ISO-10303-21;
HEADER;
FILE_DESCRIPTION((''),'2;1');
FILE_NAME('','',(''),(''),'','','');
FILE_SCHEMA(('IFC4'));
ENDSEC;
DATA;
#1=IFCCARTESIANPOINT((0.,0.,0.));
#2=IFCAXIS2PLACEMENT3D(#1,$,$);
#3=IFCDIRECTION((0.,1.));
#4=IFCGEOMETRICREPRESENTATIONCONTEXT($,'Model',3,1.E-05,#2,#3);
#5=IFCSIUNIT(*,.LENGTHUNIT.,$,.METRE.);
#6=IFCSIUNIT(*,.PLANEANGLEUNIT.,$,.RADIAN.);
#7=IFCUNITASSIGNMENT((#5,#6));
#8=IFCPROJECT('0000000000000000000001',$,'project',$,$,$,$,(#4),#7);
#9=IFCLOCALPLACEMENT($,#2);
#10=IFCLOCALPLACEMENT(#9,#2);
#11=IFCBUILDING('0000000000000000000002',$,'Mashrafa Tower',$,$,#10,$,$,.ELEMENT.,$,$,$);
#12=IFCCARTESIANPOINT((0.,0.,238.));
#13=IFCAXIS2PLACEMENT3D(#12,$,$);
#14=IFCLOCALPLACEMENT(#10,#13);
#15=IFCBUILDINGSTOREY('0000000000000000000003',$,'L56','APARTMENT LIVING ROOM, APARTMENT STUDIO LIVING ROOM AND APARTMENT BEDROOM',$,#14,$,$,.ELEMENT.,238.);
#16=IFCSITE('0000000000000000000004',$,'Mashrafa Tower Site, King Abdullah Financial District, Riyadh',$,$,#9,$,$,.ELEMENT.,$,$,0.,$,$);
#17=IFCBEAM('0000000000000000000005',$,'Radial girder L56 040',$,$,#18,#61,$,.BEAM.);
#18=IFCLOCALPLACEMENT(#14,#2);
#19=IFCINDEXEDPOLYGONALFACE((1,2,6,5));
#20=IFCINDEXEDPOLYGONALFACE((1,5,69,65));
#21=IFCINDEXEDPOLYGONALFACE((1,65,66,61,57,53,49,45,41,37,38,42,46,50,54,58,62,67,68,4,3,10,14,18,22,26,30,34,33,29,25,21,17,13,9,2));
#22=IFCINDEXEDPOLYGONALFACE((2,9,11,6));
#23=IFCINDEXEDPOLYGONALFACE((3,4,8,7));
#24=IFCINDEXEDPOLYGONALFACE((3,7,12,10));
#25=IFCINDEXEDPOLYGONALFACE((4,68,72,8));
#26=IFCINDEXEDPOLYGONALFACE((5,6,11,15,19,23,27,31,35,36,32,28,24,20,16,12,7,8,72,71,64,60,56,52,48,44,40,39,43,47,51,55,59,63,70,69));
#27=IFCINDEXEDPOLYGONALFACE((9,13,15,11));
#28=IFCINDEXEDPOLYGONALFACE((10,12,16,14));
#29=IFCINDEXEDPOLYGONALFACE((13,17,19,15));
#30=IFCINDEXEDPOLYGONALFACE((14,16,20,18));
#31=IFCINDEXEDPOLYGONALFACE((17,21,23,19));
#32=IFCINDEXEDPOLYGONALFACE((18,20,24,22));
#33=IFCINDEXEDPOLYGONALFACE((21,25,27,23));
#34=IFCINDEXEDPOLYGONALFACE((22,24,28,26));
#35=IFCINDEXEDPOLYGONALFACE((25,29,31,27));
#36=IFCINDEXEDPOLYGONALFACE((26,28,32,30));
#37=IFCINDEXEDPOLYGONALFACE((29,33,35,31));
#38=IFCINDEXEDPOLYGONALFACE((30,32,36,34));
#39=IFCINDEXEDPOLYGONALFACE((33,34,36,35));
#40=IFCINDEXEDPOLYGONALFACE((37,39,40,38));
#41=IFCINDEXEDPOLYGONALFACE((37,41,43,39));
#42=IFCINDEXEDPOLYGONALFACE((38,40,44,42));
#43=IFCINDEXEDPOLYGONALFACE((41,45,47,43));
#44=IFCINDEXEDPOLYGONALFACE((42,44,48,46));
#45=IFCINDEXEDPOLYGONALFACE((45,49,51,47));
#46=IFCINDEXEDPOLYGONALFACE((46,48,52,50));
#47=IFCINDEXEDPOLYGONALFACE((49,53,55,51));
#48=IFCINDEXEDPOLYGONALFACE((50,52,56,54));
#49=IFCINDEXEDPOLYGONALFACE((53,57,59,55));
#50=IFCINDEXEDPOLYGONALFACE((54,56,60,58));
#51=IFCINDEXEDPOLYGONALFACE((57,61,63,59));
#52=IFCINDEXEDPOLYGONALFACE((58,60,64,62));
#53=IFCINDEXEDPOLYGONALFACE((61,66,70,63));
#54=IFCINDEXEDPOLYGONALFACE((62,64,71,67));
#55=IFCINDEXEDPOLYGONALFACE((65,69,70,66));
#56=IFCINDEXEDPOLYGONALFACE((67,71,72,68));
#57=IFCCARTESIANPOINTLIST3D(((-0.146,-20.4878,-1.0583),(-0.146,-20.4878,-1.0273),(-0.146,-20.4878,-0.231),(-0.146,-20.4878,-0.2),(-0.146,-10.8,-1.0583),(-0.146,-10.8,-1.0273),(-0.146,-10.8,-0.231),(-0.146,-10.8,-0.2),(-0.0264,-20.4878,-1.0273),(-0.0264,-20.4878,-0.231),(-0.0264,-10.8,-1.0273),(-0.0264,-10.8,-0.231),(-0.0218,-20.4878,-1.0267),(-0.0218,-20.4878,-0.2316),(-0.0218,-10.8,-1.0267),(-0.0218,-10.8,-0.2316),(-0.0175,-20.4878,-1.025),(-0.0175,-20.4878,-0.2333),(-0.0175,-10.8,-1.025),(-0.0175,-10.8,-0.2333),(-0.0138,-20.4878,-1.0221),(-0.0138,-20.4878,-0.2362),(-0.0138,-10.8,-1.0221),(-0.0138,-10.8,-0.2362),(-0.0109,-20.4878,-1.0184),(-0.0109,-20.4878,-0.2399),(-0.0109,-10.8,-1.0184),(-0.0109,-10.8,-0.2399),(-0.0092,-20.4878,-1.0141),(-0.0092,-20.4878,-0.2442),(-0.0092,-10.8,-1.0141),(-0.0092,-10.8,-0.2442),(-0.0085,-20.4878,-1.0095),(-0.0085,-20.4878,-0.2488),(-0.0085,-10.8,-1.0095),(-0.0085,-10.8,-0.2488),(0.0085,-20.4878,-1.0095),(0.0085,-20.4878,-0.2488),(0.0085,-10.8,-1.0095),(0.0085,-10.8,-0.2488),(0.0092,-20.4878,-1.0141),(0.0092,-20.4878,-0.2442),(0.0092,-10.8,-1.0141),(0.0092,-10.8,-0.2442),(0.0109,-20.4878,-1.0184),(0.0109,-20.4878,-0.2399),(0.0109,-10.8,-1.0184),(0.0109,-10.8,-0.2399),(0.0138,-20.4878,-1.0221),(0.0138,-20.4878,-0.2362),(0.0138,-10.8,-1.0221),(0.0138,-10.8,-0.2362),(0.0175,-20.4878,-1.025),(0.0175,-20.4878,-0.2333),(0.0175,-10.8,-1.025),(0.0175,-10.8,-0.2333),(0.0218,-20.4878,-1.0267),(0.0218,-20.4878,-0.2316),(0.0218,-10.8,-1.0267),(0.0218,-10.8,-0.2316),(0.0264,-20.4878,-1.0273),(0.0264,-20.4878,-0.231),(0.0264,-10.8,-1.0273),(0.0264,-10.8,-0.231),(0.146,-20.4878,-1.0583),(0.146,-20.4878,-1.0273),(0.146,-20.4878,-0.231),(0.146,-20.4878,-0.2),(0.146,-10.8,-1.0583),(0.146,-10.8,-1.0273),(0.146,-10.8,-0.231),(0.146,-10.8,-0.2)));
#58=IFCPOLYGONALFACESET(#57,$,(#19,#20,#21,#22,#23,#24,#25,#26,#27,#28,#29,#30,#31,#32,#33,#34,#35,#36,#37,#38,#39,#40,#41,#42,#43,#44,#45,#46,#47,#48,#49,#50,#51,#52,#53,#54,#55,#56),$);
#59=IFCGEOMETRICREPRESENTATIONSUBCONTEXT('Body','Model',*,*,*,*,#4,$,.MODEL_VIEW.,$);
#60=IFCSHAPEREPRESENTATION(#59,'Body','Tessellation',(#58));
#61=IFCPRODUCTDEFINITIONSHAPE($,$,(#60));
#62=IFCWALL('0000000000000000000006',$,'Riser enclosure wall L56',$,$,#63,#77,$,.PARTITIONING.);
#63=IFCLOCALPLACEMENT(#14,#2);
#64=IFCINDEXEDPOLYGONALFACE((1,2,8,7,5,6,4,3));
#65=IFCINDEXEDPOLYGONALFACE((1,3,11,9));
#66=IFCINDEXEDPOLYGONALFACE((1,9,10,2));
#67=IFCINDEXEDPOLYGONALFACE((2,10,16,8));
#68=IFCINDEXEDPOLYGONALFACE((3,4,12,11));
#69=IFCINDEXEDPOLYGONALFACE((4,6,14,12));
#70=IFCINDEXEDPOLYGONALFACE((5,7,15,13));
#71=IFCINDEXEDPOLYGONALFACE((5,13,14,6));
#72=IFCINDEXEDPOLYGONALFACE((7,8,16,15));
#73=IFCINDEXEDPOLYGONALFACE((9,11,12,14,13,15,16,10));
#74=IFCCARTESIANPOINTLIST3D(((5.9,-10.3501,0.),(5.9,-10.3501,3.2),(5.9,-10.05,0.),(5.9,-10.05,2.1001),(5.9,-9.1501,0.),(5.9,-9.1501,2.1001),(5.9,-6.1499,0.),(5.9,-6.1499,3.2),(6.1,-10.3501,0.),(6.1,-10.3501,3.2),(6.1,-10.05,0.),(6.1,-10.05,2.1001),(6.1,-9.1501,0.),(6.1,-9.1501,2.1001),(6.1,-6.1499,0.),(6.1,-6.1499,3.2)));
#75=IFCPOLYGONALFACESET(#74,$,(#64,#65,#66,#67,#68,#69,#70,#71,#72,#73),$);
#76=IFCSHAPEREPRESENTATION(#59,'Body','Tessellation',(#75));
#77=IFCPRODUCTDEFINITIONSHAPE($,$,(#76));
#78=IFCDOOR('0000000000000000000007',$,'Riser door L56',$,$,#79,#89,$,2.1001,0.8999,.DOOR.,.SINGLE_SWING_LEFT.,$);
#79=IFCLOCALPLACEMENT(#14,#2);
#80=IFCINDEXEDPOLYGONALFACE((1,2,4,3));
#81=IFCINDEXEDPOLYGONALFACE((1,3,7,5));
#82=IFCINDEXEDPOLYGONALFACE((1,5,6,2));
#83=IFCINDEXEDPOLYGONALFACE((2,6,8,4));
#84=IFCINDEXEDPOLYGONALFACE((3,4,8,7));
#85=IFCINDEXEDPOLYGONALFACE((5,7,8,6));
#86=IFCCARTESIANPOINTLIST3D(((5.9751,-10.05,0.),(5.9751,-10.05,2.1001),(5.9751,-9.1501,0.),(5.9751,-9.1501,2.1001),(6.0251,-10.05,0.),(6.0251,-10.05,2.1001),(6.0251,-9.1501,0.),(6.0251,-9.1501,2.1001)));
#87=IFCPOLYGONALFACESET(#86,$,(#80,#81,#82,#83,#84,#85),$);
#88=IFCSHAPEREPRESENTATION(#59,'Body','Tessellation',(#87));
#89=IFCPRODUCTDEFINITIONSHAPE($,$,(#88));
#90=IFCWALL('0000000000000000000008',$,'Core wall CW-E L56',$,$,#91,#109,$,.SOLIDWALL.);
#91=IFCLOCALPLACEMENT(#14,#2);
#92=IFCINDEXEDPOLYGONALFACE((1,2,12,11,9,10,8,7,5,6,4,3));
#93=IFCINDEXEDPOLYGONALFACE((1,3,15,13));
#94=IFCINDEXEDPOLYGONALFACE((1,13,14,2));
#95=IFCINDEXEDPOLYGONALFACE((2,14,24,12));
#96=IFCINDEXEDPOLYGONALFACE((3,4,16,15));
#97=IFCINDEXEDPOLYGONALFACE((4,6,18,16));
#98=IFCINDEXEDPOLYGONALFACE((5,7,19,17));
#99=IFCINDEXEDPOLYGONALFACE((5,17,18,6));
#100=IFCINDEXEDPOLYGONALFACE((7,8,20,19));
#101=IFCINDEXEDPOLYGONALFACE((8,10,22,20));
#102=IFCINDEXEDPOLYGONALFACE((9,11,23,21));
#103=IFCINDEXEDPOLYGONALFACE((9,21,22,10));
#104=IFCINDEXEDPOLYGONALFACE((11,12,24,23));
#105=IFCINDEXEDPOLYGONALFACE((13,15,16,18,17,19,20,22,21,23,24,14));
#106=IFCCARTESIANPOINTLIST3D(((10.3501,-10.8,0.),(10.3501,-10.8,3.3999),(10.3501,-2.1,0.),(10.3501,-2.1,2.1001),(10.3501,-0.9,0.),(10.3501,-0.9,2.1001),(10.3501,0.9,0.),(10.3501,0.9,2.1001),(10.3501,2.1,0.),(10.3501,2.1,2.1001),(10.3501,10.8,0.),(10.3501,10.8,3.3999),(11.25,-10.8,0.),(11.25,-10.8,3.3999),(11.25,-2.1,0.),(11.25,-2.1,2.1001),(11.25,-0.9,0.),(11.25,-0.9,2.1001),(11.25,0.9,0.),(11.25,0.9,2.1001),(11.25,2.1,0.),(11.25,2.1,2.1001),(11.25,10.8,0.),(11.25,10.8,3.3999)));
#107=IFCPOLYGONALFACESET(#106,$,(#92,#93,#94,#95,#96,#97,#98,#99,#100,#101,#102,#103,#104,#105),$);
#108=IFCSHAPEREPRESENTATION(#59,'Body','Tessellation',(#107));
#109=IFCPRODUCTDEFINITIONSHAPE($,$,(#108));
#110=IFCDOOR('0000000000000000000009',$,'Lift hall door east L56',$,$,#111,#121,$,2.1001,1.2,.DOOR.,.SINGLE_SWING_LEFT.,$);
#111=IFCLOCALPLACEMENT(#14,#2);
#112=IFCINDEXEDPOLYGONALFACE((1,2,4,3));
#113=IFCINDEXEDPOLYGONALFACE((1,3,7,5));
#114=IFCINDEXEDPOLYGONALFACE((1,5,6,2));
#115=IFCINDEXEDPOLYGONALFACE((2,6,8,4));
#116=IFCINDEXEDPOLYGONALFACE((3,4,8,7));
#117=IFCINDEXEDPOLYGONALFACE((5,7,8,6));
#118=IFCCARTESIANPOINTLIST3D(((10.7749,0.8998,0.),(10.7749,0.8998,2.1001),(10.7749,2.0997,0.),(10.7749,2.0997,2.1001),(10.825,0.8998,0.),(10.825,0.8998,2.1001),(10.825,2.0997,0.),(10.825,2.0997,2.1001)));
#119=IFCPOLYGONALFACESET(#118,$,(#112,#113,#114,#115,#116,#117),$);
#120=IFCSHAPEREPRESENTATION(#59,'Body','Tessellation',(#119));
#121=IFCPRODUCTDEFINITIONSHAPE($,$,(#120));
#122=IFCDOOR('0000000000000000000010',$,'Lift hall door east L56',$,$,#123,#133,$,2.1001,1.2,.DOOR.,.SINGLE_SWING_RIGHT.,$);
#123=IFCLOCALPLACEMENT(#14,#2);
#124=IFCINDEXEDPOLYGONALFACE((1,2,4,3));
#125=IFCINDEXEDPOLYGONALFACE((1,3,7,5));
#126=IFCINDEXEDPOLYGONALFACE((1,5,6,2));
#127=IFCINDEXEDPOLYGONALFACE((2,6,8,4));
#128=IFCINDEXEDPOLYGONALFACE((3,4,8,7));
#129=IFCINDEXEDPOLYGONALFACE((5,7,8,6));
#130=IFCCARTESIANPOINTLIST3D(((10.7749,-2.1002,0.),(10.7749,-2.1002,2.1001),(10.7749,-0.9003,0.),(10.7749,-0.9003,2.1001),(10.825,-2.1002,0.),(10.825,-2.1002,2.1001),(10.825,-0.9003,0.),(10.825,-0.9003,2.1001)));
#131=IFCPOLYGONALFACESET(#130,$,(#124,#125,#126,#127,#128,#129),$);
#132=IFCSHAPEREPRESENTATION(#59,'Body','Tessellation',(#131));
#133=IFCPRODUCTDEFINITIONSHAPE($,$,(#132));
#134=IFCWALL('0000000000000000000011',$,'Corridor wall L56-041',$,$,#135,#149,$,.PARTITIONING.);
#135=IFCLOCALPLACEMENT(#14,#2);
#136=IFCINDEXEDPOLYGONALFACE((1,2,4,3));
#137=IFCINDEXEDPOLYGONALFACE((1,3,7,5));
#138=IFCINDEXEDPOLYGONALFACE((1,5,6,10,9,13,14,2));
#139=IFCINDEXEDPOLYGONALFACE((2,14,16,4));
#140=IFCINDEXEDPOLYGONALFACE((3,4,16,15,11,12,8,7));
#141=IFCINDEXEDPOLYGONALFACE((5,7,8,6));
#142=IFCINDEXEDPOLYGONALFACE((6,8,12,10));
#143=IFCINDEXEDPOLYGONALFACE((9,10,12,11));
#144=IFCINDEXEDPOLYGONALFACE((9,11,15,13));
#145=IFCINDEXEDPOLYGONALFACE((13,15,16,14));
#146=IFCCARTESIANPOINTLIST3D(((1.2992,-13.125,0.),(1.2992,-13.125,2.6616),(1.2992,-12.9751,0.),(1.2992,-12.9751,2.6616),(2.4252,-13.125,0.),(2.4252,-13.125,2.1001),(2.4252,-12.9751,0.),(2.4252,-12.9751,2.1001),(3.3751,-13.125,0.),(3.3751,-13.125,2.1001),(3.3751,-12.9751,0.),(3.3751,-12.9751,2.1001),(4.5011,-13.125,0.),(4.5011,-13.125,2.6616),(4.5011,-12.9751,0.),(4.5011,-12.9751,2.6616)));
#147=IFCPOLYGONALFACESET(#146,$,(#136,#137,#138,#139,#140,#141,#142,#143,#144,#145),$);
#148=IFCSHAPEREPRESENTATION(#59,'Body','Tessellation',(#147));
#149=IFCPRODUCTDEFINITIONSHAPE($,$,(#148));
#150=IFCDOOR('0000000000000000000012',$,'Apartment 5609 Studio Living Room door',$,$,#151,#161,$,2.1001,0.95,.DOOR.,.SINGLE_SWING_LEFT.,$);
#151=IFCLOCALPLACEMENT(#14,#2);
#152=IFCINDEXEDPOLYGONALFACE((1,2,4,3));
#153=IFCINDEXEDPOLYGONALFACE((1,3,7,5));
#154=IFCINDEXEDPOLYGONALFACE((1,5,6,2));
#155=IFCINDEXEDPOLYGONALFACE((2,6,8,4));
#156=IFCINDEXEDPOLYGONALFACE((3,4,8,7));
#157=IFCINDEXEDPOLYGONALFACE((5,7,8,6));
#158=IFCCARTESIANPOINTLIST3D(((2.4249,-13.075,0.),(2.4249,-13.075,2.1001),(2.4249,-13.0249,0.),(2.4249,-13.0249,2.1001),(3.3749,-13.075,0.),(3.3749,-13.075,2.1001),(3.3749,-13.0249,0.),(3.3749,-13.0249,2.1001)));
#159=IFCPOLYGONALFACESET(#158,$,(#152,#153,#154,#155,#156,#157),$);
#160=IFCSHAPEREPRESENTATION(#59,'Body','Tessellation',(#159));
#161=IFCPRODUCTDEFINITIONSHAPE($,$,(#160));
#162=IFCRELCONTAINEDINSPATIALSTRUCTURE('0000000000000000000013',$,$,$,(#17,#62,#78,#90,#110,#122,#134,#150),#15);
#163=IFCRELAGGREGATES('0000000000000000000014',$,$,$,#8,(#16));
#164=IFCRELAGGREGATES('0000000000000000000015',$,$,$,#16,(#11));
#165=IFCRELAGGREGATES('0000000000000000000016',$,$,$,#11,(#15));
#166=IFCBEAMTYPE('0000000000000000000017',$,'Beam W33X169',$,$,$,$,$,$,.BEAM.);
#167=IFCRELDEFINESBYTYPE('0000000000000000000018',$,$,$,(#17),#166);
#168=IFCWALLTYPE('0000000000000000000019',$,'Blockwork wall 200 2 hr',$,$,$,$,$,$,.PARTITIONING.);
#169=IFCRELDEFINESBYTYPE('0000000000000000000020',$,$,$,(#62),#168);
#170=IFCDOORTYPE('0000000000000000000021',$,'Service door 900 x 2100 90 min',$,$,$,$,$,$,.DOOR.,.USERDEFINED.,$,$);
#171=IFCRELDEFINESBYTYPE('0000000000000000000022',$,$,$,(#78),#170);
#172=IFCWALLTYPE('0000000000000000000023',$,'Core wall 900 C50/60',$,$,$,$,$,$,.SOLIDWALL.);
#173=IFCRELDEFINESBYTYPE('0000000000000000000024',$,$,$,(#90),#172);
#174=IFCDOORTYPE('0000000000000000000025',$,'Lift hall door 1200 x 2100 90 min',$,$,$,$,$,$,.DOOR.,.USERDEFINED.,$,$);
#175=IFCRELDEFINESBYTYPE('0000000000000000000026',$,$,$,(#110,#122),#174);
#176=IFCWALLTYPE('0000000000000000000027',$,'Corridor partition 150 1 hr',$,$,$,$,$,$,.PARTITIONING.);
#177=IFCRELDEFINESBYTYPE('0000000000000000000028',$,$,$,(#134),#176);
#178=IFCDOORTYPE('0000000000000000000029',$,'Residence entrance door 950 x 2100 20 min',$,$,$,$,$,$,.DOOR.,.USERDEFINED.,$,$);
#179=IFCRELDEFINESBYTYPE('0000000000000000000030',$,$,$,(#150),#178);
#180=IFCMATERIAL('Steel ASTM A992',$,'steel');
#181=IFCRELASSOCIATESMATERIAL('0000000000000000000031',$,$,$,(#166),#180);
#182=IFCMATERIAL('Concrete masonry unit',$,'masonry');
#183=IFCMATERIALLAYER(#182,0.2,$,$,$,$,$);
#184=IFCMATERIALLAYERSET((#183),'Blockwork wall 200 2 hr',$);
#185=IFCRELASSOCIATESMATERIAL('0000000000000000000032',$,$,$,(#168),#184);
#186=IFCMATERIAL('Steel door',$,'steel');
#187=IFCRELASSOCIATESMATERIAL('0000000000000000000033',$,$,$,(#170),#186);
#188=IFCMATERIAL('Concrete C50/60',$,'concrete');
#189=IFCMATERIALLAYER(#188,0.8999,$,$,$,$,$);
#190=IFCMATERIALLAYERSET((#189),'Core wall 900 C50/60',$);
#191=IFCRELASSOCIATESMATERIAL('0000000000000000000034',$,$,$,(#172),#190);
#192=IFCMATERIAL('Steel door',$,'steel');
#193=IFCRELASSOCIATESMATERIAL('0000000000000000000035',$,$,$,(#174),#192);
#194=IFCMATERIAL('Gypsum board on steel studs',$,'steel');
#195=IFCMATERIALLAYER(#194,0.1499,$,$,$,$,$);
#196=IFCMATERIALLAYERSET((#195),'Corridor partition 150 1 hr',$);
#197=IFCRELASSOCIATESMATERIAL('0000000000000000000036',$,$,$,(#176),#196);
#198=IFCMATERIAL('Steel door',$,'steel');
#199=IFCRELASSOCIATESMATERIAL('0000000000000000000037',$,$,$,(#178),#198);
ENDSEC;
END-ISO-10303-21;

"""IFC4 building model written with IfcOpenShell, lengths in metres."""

from ifc_helpers import new_model, si_unit, direction, frame, frame_2d, origin, origin_2d, place, context, subcontext, project, spatial, rectangle, i_section, extrude, material, layer, layer_set, material_profile, profile_set, type_object, element, fill, save


model = new_model("IFC4")

# Units and contexts
model_context = context("Model", 3, precision=1e-05, world=origin(), true_north=direction((0.0, 1.0)))
body_context = subcontext(model_context, "Body", "Model", "MODEL_VIEW")
ifc_project = project(units=[si_unit("LENGTHUNIT", "METRE"), si_unit("PLANEANGLEUNIT", "RADIAN")], contexts=[model_context])

# Site, building, storey
site_placement = place(None, origin())
site = spatial("IfcSite", under=ifc_project, at=site_placement, Name="Mashrafa Tower Site, King Abdullah Financial District, Riyadh", CompositionType="ELEMENT", RefElevation=0.0)
building_placement = place(site_placement, origin())
building = spatial("IfcBuilding", under=site, at=building_placement, Name="Mashrafa Tower", CompositionType="ELEMENT")
storey_placement = place(building_placement, frame((0.0, 0.0, 238.0)))
storey = spatial("IfcBuildingStorey", under=building, at=storey_placement, Name="L56", Description="APARTMENT LIVING ROOM, APARTMENT STUDIO LIVING ROOM AND APARTMENT BEDROOM", CompositionType="ELEMENT", Elevation=238.0)

# Beam
ifc_material_1 = material(Name="Steel ASTM A992", Category="steel")
ifc_material_profile_1 = material_profile(ifc_material_1, i_section(OverallWidth=0.292, OverallDepth=0.8584, WebThickness=0.0171, FlangeThickness=0.031, FilletRadius=0.0178, at=origin_2d()), Name="W33X169")
ifc_profile_set_1 = profile_set([ifc_material_profile_1], Name="Steel ASTM A992")
beam_type_1 = type_object("IfcBeamType", Name="Beam W33X169", PredefinedType="BEAM", material=ifc_profile_set_1)
beam_1_placement = place(storey_placement, frame((0.0, -10.8, -0.6292), z_axis=(0.0, -1.0, 0.0), x_axis=(1.0, 0.0, 0.0)))
element("IfcBeam", 1, at=beam_1_placement, inside=storey, type_object=beam_type_1, Name="Radial girder L56 040", PredefinedType="BEAM", context=body_context, shape_type="SweptSolid", body=[
    extrude(i_section(OverallWidth=0.292, OverallDepth=0.8584, WebThickness=0.0171, FlangeThickness=0.031, FilletRadius=0.0178, at=origin_2d()), origin(), (0.0, 0.0, 1.0), 9.6877),
])

# Wall, opening, door
ifc_material_2 = material(Name="Concrete masonry unit", Category="masonry")
ifc_layer_1 = layer(ifc_material_2, 0.2)
ifc_layer_set_1 = layer_set([ifc_layer_1], Name="Blockwork wall 200 2 hr")
wall_type_1 = type_object("IfcWallType", Name="Blockwork wall 200 2 hr", PredefinedType="PARTITIONING", material=ifc_layer_set_1)
wall_1_placement = place(storey_placement, frame((6.0, -10.3501, 0.0), z_axis=(0.0, 0.0, 1.0), x_axis=(0.0, 1.0, 0.0)))
wall_1 = element("IfcWall", 2, at=wall_1_placement, inside=storey, type_object=wall_type_1, Name="Riser enclosure wall L56", PredefinedType="PARTITIONING", context=body_context, shape_type="SweptSolid", body=[
    extrude(rectangle(XDim=4.2002, YDim=0.2, at=frame_2d((2.1001, 0.0))), origin(), (0.0, 0.0, 1.0), 3.2),
])
opening_1_placement = place(wall_1_placement, frame((0.3, 0.0, 0.0)))
opening_1 = element("IfcOpeningElement", 3, at=opening_1_placement, cuts=wall_1, PredefinedType="OPENING", context=body_context, shape_type="SweptSolid", body=[
    extrude(rectangle(XDim=0.8999, YDim=2.1001, at=frame_2d((0.45, 1.05))), frame((0.0, 0.1099, 0.0), z_axis=(0.0, -1.0, 0.0), x_axis=(1.0, 0.0, 0.0)), (0.0, 0.0, 1.0), 0.22),
])
ifc_material_3 = material(Name="Steel door", Category="steel")
door_type_1 = type_object("IfcDoorType", Name="Service door 900 x 2100 90 min", OperationType="USERDEFINED", PredefinedType="DOOR", material=ifc_material_3)
door_1_placement = place(opening_1_placement, origin())
door_1 = element("IfcDoor", 4, at=door_1_placement, inside=storey, type_object=door_type_1, Name="Riser door L56", OperationType="SINGLE_SWING_LEFT", OverallHeight=2.1001, OverallWidth=0.8999, PredefinedType="DOOR", context=body_context, shape_type="SweptSolid", body=[
    extrude(rectangle(XDim=0.8999, YDim=2.1001, at=frame_2d((0.45, 1.05))), frame((0.0, 0.0249, 0.0), z_axis=(0.0, -1.0, 0.0), x_axis=(1.0, 0.0, 0.0)), (0.0, 0.0, 1.0), 0.05),
])
fill(opening_1, door_1)

# Wall, openings, doors
ifc_material_4 = material(Name="Concrete C50/60", Category="concrete")
ifc_layer_2 = layer(ifc_material_4, 0.8999)
ifc_layer_set_2 = layer_set([ifc_layer_2], Name="Core wall 900 C50/60")
wall_type_2 = type_object("IfcWallType", Name="Core wall 900 C50/60", PredefinedType="SOLIDWALL", material=ifc_layer_set_2)
wall_2_placement = place(storey_placement, frame((10.8, -10.8, 0.0), z_axis=(0.0, 0.0, 1.0), x_axis=(0.0, 1.0, 0.0)))
wall_2 = element("IfcWall", 5, at=wall_2_placement, inside=storey, type_object=wall_type_2, Name="Core wall CW-E L56", PredefinedType="SOLIDWALL", context=body_context, shape_type="SweptSolid", body=[
    extrude(rectangle(XDim=21.6001, YDim=0.8999, at=frame_2d((10.8, 0.0))), origin(), (0.0, 0.0, 1.0), 3.3999),
])
opening_2_placement = place(wall_2_placement, frame((11.7, 0.0, 0.0)))
opening_2 = element("IfcOpeningElement", 6, at=opening_2_placement, cuts=wall_2, PredefinedType="OPENING", context=body_context, shape_type="SweptSolid", body=[
    extrude(rectangle(XDim=1.2, YDim=2.1001, at=frame_2d((0.6001, 1.05))), frame((0.0, 0.46, 0.0), z_axis=(0.0, -1.0, 0.0), x_axis=(1.0, 0.0, 0.0)), (0.0, 0.0, 1.0), 0.9199),
])
opening_3_placement = place(wall_2_placement, frame((8.7, 0.0, 0.0)))
opening_3 = element("IfcOpeningElement", 7, at=opening_3_placement, cuts=wall_2, PredefinedType="OPENING", context=body_context, shape_type="SweptSolid", body=[
    extrude(rectangle(XDim=1.2, YDim=2.1001, at=frame_2d((0.6001, 1.05))), frame((0.0, 0.46, 0.0), z_axis=(0.0, -1.0, 0.0), x_axis=(1.0, 0.0, 0.0)), (0.0, 0.0, 1.0), 0.9199),
])
ifc_material_5 = material(Name="Steel door", Category="steel")
door_type_2 = type_object("IfcDoorType", Name="Lift hall door 1200 x 2100 90 min", OperationType="USERDEFINED", PredefinedType="DOOR", material=ifc_material_5)
door_2_placement = place(opening_2_placement, frame((1.2, 0.0, 0.0), z_axis=(0.0, 0.0, 1.0), x_axis=(-1.0, 0.0, 0.0)))
door_2 = element("IfcDoor", 8, at=door_2_placement, inside=storey, type_object=door_type_2, Name="Lift hall door east L56", OperationType="SINGLE_SWING_LEFT", OverallHeight=2.1001, OverallWidth=1.2, PredefinedType="DOOR", context=body_context, shape_type="SweptSolid", body=[
    extrude(rectangle(XDim=1.2, YDim=2.1001, at=frame_2d((0.6001, 1.05))), frame((0.0, 0.0249, 0.0), z_axis=(0.0, -1.0, 0.0), x_axis=(1.0, 0.0, 0.0)), (0.0, 0.0, 1.0), 0.05),
])
fill(opening_2, door_2)
door_3_placement = place(opening_3_placement, frame((1.2, 0.0, 0.0), z_axis=(0.0, 0.0, 1.0), x_axis=(-1.0, 0.0, 0.0)))
door_3 = element("IfcDoor", 9, at=door_3_placement, inside=storey, type_object=door_type_2, Name="Lift hall door east L56", OperationType="SINGLE_SWING_RIGHT", OverallHeight=2.1001, OverallWidth=1.2, PredefinedType="DOOR", context=body_context, shape_type="SweptSolid", body=[
    extrude(rectangle(XDim=1.2, YDim=2.1001, at=frame_2d((0.6001, 1.05))), frame((0.0, 0.0249, 0.0), z_axis=(0.0, -1.0, 0.0), x_axis=(1.0, 0.0, 0.0)), (0.0, 0.0, 1.0), 0.05),
])
fill(opening_3, door_3)

# Wall, opening, door
ifc_material_6 = material(Name="Gypsum board on steel studs", Category="steel")
ifc_layer_3 = layer(ifc_material_6, 0.1499)
ifc_layer_set_3 = layer_set([ifc_layer_3], Name="Corridor partition 150 1 hr")
wall_type_3 = type_object("IfcWallType", Name="Corridor partition 150 1 hr", PredefinedType="PARTITIONING", material=ifc_layer_set_3)
wall_3_placement = place(storey_placement, frame((1.2991, -13.05, 0.0), z_axis=(0.0, 0.0, 1.0), x_axis=(1.0, 0.0, 0.0)))
wall_3 = element("IfcWall", 10, at=wall_3_placement, inside=storey, type_object=wall_type_3, Name="Corridor wall L56-041", PredefinedType="PARTITIONING", context=body_context, shape_type="SweptSolid", body=[
    extrude(rectangle(XDim=3.2019, YDim=0.1499, at=frame_2d((1.6011, 0.0))), origin(), (0.0, 0.0, 1.0), 2.6616),
])
opening_4_placement = place(wall_3_placement, frame((1.126, 0.0, 0.0)))
opening_4 = element("IfcOpeningElement", 11, at=opening_4_placement, cuts=wall_3, PredefinedType="OPENING", context=body_context, shape_type="SweptSolid", body=[
    extrude(rectangle(XDim=0.95, YDim=2.1001, at=frame_2d((0.4751, 1.05))), frame((0.0, 0.085, 0.0), z_axis=(0.0, -1.0, 0.0), x_axis=(1.0, 0.0, 0.0)), (0.0, 0.0, 1.0), 0.1699),
])
ifc_material_7 = material(Name="Steel door", Category="steel")
door_type_3 = type_object("IfcDoorType", Name="Residence entrance door 950 x 2100 20 min", OperationType="USERDEFINED", PredefinedType="DOOR", material=ifc_material_7)
door_4_placement = place(opening_4_placement, frame((0.95, 0.0, 0.0), z_axis=(0.0, 0.0, 1.0), x_axis=(-1.0, 0.0, 0.0)))
door_4 = element("IfcDoor", 12, at=door_4_placement, inside=storey, type_object=door_type_3, Name="Apartment 5609 Studio Living Room door", OperationType="SINGLE_SWING_LEFT", OverallHeight=2.1001, OverallWidth=0.95, PredefinedType="DOOR", context=body_context, shape_type="SweptSolid", body=[
    extrude(rectangle(XDim=0.95, YDim=2.1001, at=frame_2d((0.4751, 1.05))), frame((0.0, 0.0249, 0.0), z_axis=(0.0, -1.0, 0.0), x_axis=(1.0, 0.0, 0.0)), (0.0, 0.0, 1.0), 0.05),
])
fill(opening_4, door_4)

save(model, "model.ifc")
